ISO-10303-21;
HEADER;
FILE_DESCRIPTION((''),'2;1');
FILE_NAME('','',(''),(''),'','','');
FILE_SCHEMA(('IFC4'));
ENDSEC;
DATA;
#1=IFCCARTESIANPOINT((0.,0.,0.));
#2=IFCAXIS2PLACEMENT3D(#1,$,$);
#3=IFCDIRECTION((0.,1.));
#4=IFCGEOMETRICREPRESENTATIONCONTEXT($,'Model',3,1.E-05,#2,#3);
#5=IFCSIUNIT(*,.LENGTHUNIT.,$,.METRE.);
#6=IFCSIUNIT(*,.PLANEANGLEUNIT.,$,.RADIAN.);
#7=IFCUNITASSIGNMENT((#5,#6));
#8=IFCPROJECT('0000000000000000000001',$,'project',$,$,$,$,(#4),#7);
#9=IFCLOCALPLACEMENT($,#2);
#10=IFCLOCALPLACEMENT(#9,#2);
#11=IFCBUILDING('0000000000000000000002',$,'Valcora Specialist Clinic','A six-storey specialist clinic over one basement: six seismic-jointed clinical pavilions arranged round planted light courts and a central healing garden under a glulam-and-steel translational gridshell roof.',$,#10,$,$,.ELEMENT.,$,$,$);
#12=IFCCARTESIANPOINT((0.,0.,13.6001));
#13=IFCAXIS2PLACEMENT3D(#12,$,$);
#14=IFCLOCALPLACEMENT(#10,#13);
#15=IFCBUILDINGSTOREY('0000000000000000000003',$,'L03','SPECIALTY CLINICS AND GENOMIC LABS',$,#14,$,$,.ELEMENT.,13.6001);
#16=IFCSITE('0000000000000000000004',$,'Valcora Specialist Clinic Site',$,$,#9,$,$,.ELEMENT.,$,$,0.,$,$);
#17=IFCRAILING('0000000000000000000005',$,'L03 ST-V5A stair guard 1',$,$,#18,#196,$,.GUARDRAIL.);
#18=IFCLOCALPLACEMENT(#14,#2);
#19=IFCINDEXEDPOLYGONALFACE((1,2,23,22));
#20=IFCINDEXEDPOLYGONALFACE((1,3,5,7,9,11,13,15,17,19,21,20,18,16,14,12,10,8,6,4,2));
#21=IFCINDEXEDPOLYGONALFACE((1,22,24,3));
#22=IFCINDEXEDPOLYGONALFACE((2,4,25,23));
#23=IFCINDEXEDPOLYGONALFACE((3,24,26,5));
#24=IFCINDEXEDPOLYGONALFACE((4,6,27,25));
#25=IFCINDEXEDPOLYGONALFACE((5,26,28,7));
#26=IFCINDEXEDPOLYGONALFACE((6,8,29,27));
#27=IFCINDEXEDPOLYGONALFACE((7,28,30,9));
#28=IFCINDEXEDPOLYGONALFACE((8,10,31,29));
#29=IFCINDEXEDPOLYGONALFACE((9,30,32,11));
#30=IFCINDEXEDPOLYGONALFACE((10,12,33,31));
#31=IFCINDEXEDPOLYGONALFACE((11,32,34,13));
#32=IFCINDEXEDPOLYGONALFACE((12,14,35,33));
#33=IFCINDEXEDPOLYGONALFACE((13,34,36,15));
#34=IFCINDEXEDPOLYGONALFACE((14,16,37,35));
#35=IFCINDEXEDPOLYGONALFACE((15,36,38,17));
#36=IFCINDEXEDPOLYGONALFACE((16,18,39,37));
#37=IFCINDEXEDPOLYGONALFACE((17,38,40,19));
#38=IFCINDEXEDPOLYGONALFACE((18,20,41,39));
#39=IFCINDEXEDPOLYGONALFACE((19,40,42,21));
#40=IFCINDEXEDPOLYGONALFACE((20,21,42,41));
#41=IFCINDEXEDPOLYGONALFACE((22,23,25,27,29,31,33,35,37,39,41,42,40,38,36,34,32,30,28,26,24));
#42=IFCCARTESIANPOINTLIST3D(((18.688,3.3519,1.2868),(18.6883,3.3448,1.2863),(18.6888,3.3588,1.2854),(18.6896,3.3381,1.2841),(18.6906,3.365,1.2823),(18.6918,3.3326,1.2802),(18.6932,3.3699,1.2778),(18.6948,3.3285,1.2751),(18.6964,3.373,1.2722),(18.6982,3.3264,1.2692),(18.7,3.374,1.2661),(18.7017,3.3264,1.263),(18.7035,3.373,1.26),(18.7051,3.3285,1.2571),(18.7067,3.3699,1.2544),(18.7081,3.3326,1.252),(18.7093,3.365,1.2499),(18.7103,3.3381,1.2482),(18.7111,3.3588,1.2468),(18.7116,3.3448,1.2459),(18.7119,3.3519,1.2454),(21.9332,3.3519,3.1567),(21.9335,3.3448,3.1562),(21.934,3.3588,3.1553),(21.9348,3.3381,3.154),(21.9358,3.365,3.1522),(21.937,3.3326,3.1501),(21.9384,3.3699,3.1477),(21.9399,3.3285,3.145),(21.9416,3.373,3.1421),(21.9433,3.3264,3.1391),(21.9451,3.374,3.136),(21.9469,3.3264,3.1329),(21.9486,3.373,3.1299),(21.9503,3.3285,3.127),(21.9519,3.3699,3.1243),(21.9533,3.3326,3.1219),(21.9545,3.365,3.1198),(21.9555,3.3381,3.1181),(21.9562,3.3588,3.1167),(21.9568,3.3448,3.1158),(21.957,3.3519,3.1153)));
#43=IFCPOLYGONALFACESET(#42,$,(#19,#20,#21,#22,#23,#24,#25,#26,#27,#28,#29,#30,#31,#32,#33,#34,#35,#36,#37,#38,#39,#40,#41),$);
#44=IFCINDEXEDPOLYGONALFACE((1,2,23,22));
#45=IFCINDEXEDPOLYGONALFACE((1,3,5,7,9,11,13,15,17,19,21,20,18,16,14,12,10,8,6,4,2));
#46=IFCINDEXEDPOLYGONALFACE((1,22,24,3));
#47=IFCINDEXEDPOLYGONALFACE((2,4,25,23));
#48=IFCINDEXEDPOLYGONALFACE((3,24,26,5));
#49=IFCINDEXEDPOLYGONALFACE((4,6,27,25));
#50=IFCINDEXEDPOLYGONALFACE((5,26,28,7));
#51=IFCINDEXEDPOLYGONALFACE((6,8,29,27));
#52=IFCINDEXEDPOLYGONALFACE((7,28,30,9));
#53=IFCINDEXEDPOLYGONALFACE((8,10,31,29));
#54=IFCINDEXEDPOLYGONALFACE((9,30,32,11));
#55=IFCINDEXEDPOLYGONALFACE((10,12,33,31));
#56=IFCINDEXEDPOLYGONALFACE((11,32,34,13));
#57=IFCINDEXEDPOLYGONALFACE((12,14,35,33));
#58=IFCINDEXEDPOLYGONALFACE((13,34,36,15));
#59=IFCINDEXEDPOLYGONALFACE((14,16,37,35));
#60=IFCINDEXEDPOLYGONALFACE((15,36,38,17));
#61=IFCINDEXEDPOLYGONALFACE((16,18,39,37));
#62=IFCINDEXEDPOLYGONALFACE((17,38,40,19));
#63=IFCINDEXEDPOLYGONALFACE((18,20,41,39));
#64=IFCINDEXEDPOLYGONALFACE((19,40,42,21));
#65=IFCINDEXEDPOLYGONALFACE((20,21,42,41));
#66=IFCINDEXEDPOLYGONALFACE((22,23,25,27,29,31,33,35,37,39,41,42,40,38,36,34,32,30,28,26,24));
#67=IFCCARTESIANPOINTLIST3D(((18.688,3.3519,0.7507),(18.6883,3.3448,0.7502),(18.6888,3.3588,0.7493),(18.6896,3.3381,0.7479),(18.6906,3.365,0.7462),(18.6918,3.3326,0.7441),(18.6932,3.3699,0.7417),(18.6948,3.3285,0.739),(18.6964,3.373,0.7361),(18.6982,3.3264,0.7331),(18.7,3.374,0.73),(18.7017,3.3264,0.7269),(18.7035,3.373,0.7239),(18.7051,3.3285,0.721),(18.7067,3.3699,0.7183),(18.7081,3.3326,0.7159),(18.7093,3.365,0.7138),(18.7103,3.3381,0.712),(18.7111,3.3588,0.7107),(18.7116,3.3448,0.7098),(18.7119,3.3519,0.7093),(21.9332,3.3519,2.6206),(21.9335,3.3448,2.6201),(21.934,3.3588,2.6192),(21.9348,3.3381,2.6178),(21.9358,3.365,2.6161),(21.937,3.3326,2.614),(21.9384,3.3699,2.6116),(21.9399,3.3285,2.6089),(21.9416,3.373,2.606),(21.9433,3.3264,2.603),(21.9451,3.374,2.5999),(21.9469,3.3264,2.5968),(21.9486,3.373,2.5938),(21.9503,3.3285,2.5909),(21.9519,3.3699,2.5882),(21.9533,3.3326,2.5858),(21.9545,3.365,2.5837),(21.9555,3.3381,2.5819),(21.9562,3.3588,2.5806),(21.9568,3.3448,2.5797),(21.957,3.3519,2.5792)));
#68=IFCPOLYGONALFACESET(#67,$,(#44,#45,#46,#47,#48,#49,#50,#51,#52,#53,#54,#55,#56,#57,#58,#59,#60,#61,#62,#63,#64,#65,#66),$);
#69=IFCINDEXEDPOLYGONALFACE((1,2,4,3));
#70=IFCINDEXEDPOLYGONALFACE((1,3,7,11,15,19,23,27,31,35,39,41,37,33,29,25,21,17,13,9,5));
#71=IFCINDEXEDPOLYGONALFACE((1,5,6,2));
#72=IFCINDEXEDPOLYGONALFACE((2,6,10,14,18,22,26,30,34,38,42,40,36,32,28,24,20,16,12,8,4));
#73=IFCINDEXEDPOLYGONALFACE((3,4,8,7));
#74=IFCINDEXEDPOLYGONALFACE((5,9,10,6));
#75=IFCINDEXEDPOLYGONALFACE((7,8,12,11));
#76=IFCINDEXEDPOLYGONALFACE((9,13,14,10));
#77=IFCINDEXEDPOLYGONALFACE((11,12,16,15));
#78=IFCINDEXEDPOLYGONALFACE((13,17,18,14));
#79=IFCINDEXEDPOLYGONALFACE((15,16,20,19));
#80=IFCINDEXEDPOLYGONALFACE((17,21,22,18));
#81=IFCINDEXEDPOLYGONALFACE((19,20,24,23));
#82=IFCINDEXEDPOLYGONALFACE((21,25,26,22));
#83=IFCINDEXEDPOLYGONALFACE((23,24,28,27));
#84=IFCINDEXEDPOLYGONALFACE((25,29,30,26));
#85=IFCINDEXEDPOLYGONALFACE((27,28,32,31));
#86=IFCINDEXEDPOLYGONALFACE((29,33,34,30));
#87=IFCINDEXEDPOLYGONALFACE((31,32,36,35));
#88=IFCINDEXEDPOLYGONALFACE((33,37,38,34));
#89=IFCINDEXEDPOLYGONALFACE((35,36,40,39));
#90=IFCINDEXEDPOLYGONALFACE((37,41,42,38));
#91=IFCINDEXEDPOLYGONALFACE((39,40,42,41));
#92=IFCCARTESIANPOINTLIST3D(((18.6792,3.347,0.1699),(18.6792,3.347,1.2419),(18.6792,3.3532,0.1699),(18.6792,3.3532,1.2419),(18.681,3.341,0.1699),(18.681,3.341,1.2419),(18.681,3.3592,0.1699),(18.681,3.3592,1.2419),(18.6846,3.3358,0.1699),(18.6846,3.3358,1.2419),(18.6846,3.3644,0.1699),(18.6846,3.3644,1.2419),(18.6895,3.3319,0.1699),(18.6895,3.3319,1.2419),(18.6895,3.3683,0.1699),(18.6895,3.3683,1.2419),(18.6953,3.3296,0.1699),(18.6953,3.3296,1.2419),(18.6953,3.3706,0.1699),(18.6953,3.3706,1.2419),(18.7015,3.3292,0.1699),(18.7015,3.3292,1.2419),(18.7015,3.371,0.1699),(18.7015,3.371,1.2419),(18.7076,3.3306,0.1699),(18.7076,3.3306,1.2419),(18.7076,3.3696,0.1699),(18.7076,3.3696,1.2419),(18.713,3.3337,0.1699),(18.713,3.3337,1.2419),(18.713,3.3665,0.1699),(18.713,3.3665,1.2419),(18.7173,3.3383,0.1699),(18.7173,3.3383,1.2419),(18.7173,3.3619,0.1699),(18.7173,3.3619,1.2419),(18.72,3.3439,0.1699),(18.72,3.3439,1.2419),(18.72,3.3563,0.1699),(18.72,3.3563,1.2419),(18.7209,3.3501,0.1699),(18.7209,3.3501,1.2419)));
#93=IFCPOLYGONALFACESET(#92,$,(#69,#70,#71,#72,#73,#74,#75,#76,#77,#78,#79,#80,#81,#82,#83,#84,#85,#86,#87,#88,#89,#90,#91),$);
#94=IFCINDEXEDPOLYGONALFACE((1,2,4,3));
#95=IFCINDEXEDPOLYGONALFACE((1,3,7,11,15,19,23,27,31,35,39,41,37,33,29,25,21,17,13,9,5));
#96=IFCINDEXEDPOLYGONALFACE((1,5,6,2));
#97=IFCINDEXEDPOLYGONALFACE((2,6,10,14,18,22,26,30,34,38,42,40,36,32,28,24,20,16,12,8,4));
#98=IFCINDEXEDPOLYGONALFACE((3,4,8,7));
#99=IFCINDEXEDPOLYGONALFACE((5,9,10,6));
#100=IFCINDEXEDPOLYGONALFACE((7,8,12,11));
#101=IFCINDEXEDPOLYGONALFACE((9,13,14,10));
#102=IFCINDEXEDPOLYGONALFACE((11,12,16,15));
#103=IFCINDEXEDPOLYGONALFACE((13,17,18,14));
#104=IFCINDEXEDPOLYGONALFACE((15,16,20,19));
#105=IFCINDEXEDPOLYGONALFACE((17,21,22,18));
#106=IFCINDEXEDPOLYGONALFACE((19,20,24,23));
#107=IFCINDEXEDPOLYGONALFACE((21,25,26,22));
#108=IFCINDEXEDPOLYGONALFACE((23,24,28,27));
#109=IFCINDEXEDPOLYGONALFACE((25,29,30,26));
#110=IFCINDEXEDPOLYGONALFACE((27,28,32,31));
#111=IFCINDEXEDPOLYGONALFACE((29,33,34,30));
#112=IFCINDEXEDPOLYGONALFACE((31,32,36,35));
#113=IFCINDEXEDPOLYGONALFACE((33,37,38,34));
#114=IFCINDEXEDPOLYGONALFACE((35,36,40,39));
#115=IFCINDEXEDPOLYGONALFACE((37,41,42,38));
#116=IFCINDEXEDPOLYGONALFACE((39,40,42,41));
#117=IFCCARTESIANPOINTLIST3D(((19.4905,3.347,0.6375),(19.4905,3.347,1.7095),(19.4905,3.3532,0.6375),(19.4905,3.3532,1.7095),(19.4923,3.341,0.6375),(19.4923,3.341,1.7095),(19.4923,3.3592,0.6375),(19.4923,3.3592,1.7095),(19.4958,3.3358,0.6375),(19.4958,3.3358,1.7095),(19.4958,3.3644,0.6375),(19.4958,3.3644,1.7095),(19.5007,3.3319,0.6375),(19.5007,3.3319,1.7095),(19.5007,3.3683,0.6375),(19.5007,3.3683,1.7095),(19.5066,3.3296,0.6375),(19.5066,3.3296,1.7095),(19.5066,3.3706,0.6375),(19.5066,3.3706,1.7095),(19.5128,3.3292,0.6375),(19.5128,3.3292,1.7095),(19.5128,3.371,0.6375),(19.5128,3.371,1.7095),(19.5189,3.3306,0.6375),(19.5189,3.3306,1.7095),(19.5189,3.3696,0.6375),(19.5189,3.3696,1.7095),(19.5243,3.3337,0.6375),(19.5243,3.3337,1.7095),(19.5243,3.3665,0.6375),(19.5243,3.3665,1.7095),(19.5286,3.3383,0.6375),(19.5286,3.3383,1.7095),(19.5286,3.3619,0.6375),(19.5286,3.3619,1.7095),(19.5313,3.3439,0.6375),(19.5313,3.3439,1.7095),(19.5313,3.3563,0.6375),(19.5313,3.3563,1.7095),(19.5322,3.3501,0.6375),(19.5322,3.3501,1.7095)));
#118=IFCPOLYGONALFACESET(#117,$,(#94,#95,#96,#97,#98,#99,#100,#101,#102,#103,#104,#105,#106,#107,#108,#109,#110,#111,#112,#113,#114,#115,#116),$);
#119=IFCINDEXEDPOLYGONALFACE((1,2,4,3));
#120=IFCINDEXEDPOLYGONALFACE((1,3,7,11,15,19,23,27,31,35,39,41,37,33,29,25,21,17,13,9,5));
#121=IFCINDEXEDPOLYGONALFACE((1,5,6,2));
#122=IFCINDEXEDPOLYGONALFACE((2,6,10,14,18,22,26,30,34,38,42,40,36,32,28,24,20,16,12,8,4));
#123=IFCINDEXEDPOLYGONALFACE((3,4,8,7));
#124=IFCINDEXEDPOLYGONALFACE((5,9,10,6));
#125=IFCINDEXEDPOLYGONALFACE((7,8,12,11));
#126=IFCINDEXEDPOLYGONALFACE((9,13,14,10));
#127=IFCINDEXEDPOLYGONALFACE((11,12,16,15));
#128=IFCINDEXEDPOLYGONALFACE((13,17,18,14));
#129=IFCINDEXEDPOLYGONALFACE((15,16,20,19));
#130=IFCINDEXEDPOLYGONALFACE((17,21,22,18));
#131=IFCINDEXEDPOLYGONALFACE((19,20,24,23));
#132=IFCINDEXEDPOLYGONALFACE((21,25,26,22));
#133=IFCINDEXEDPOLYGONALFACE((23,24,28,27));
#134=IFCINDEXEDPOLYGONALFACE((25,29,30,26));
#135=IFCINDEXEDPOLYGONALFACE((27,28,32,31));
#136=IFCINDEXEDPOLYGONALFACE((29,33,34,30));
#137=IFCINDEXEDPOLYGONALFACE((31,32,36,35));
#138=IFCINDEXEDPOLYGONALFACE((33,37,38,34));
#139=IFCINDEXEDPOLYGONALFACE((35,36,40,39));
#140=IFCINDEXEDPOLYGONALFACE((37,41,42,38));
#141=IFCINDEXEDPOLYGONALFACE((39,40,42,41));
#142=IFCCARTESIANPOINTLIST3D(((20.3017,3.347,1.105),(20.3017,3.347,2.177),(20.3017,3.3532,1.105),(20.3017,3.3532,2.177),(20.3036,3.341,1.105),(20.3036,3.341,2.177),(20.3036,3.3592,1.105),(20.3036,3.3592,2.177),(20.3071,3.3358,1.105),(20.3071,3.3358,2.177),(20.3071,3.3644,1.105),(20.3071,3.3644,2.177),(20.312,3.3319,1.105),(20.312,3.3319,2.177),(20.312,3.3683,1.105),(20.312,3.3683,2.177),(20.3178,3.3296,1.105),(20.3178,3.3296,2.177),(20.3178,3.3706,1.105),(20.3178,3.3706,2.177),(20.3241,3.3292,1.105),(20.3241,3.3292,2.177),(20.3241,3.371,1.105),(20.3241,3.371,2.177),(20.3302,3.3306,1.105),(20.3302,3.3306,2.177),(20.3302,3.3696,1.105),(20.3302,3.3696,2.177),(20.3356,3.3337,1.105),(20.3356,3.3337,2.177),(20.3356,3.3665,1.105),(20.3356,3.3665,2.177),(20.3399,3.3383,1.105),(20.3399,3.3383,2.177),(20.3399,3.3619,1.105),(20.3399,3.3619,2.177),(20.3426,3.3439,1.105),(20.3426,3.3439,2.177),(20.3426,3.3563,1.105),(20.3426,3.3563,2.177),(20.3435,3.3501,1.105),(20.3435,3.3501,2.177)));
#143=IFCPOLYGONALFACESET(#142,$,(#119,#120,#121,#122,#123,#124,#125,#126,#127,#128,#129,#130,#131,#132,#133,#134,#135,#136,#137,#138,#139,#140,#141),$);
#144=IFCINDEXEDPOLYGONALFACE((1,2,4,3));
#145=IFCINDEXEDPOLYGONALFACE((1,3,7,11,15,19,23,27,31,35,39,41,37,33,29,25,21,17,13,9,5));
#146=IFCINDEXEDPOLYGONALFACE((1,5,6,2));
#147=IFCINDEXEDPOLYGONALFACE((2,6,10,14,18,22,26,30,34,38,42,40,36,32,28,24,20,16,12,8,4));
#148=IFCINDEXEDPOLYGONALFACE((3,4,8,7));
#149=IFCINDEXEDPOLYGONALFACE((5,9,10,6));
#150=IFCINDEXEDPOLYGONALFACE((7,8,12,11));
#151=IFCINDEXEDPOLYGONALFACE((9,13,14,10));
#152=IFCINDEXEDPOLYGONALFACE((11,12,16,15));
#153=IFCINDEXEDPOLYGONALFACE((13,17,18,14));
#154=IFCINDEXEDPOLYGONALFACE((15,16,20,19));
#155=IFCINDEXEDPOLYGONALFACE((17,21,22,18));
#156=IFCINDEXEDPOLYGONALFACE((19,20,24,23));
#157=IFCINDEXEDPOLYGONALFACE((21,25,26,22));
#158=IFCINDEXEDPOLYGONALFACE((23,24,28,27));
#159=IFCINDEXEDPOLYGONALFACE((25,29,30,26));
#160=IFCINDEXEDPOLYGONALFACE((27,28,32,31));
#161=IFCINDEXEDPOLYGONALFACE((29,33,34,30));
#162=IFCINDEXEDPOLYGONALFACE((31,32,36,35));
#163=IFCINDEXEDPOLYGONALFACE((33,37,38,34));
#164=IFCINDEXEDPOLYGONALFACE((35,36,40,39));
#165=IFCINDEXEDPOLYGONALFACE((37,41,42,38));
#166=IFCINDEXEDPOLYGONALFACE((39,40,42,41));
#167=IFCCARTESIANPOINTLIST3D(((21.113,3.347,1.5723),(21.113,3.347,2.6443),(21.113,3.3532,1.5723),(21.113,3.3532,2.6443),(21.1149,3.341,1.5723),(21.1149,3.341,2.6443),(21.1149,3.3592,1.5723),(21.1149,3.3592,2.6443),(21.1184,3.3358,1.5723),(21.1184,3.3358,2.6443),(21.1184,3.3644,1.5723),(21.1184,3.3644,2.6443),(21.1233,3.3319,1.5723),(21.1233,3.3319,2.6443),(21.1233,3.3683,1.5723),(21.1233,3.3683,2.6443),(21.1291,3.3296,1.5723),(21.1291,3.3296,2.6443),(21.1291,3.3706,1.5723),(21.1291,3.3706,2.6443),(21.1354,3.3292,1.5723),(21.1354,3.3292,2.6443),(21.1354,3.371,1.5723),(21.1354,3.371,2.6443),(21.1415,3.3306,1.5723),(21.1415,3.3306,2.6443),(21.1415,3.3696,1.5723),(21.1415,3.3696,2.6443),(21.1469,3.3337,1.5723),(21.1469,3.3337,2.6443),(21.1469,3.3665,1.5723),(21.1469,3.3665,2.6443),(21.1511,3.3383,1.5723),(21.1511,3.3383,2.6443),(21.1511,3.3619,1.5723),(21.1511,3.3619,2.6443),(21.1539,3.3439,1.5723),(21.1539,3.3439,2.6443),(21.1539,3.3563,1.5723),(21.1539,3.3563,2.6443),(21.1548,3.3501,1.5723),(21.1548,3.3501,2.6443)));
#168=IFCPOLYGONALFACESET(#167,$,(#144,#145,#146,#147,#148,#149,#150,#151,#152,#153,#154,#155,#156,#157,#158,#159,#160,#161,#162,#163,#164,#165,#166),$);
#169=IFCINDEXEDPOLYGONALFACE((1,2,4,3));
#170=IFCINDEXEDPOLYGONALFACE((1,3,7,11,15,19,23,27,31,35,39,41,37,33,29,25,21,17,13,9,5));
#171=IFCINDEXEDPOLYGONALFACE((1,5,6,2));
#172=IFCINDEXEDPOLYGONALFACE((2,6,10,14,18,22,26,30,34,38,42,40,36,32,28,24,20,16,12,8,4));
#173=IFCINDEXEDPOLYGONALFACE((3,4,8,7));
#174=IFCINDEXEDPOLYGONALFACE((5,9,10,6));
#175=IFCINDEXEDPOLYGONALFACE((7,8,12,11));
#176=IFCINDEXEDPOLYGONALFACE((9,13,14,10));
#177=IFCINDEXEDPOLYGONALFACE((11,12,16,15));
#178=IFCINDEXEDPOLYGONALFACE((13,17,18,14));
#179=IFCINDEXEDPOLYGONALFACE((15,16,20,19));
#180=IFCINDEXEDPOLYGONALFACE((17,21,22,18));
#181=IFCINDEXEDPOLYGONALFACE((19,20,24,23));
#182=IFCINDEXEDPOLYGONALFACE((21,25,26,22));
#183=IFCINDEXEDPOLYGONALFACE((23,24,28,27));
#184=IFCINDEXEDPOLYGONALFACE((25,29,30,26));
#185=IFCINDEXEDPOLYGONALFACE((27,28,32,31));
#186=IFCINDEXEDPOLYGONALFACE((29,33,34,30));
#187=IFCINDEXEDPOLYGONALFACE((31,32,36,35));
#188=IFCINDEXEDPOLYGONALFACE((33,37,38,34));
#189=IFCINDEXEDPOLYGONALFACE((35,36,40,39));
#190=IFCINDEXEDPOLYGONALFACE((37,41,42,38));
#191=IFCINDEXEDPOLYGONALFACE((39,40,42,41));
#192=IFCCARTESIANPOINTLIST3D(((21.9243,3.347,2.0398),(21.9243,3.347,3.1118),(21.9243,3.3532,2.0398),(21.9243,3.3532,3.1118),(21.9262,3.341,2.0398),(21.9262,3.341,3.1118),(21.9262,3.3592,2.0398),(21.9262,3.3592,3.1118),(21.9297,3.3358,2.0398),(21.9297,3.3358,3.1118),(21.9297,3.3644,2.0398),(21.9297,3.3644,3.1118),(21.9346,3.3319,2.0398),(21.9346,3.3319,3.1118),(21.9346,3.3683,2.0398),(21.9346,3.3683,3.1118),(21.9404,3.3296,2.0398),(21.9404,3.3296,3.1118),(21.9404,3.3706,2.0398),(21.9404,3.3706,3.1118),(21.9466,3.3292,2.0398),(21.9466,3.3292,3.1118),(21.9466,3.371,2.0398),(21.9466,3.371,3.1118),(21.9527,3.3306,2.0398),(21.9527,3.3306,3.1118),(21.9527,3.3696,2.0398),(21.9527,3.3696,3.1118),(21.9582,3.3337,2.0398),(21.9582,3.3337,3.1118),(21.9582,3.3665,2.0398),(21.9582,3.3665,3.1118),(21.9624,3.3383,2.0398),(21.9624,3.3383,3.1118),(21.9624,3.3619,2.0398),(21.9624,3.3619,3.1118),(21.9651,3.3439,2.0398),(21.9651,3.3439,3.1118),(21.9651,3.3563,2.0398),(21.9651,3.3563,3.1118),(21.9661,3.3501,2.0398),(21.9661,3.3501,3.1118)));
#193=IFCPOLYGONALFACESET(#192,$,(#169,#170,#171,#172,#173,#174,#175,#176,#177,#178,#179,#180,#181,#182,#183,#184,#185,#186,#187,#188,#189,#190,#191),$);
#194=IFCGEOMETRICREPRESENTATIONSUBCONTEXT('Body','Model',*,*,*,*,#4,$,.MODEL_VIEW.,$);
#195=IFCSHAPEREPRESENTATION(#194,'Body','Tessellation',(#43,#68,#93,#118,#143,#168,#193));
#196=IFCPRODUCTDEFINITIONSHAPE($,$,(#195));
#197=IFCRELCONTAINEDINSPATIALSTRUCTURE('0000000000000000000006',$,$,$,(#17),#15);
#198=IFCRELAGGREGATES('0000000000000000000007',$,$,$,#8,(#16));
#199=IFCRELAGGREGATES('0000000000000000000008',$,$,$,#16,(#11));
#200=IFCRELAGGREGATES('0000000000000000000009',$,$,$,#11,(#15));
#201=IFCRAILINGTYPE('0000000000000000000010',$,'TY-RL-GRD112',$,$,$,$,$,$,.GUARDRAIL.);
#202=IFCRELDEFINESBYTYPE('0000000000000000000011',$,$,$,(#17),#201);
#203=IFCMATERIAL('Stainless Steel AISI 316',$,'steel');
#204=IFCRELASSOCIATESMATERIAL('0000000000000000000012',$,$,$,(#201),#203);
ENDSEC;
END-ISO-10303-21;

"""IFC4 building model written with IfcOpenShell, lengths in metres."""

from ifc_helpers import new_model, si_unit, direction, frame, origin, origin_2d, place, context, subcontext, project, spatial, circle, extrude, material, type_object, element, save


model = new_model("IFC4")

# Units and contexts
model_context = context("Model", 3, precision=1e-05, world=origin(), true_north=direction((0.0, 1.0)))
body_context = subcontext(model_context, "Body", "Model", "MODEL_VIEW")
ifc_project = project(units=[si_unit("LENGTHUNIT", "METRE"), si_unit("PLANEANGLEUNIT", "RADIAN")], contexts=[model_context])

# Site, building, storey
site_placement = place(None, origin())
site = spatial("IfcSite", under=ifc_project, at=site_placement, Name="Valcora Specialist Clinic Site", CompositionType="ELEMENT", RefElevation=0.0)
building_placement = place(site_placement, origin())
building = spatial("IfcBuilding", under=site, at=building_placement, Name="Valcora Specialist Clinic", Description="A six-storey specialist clinic over one basement: six seismic-jointed clinical pavilions arranged round planted light courts and a central healing garden under a glulam-and-steel translational gridshell roof.", CompositionType="ELEMENT")
storey_placement = place(building_placement, frame((0.0, 0.0, 13.6001)))
storey = spatial("IfcBuildingStorey", under=building, at=storey_placement, Name="L03", Description="SPECIALTY CLINICS AND GENOMIC LABS", CompositionType="ELEMENT", Elevation=13.6001)

# Railing
ifc_material_1 = material(Name="Stainless Steel AISI 316", Category="steel")
railing_type_1 = type_object("IfcRailingType", Name="TY-RL-GRD112", PredefinedType="GUARDRAIL", material=ifc_material_1)
railing_1_placement = place(storey_placement, frame((18.7, 3.3501, 0.1699)))
element("IfcRailing", 1, at=railing_1_placement, inside=storey, type_object=railing_type_1, Name="L03 ST-V5A stair guard 1", PredefinedType="GUARDRAIL", context=body_context, shape_type="SweptSolid", body=[
    extrude(circle(Radius=0.0239, at=origin_2d()), frame((0.0, 0.0, 1.0962), z_axis=(0.866452, 0.0, 0.49926), x_axis=(0.0, 1.0, 0.0)), (0.0, 0.0, 1.0), 3.7454),
    extrude(circle(Radius=0.0239, at=origin_2d()), frame((0.0, 0.0, 0.5601), z_axis=(0.866452, 0.0, 0.49926), x_axis=(0.0, 1.0, 0.0)), (0.0, 0.0, 1.0), 3.7454),
    extrude(circle(Radius=0.021, at=origin_2d()), origin(), (0.0, 0.0, 1.0), 1.072),
    extrude(circle(Radius=0.021, at=origin_2d()), frame((0.8113, 0.0, 0.4675)), (0.0, 0.0, 1.0), 1.072),
    extrude(circle(Radius=0.021, at=origin_2d()), frame((1.6226, 0.0, 0.9351)), (0.0, 0.0, 1.0), 1.072),
    extrude(circle(Radius=0.021, at=origin_2d()), frame((2.4338, 0.0, 1.4023)), (0.0, 0.0, 1.0), 1.072),
    extrude(circle(Radius=0.021, at=origin_2d()), frame((3.2451, 0.0, 1.8699)), (0.0, 0.0, 1.0), 1.072),
])

save(model, "model.ifc")
